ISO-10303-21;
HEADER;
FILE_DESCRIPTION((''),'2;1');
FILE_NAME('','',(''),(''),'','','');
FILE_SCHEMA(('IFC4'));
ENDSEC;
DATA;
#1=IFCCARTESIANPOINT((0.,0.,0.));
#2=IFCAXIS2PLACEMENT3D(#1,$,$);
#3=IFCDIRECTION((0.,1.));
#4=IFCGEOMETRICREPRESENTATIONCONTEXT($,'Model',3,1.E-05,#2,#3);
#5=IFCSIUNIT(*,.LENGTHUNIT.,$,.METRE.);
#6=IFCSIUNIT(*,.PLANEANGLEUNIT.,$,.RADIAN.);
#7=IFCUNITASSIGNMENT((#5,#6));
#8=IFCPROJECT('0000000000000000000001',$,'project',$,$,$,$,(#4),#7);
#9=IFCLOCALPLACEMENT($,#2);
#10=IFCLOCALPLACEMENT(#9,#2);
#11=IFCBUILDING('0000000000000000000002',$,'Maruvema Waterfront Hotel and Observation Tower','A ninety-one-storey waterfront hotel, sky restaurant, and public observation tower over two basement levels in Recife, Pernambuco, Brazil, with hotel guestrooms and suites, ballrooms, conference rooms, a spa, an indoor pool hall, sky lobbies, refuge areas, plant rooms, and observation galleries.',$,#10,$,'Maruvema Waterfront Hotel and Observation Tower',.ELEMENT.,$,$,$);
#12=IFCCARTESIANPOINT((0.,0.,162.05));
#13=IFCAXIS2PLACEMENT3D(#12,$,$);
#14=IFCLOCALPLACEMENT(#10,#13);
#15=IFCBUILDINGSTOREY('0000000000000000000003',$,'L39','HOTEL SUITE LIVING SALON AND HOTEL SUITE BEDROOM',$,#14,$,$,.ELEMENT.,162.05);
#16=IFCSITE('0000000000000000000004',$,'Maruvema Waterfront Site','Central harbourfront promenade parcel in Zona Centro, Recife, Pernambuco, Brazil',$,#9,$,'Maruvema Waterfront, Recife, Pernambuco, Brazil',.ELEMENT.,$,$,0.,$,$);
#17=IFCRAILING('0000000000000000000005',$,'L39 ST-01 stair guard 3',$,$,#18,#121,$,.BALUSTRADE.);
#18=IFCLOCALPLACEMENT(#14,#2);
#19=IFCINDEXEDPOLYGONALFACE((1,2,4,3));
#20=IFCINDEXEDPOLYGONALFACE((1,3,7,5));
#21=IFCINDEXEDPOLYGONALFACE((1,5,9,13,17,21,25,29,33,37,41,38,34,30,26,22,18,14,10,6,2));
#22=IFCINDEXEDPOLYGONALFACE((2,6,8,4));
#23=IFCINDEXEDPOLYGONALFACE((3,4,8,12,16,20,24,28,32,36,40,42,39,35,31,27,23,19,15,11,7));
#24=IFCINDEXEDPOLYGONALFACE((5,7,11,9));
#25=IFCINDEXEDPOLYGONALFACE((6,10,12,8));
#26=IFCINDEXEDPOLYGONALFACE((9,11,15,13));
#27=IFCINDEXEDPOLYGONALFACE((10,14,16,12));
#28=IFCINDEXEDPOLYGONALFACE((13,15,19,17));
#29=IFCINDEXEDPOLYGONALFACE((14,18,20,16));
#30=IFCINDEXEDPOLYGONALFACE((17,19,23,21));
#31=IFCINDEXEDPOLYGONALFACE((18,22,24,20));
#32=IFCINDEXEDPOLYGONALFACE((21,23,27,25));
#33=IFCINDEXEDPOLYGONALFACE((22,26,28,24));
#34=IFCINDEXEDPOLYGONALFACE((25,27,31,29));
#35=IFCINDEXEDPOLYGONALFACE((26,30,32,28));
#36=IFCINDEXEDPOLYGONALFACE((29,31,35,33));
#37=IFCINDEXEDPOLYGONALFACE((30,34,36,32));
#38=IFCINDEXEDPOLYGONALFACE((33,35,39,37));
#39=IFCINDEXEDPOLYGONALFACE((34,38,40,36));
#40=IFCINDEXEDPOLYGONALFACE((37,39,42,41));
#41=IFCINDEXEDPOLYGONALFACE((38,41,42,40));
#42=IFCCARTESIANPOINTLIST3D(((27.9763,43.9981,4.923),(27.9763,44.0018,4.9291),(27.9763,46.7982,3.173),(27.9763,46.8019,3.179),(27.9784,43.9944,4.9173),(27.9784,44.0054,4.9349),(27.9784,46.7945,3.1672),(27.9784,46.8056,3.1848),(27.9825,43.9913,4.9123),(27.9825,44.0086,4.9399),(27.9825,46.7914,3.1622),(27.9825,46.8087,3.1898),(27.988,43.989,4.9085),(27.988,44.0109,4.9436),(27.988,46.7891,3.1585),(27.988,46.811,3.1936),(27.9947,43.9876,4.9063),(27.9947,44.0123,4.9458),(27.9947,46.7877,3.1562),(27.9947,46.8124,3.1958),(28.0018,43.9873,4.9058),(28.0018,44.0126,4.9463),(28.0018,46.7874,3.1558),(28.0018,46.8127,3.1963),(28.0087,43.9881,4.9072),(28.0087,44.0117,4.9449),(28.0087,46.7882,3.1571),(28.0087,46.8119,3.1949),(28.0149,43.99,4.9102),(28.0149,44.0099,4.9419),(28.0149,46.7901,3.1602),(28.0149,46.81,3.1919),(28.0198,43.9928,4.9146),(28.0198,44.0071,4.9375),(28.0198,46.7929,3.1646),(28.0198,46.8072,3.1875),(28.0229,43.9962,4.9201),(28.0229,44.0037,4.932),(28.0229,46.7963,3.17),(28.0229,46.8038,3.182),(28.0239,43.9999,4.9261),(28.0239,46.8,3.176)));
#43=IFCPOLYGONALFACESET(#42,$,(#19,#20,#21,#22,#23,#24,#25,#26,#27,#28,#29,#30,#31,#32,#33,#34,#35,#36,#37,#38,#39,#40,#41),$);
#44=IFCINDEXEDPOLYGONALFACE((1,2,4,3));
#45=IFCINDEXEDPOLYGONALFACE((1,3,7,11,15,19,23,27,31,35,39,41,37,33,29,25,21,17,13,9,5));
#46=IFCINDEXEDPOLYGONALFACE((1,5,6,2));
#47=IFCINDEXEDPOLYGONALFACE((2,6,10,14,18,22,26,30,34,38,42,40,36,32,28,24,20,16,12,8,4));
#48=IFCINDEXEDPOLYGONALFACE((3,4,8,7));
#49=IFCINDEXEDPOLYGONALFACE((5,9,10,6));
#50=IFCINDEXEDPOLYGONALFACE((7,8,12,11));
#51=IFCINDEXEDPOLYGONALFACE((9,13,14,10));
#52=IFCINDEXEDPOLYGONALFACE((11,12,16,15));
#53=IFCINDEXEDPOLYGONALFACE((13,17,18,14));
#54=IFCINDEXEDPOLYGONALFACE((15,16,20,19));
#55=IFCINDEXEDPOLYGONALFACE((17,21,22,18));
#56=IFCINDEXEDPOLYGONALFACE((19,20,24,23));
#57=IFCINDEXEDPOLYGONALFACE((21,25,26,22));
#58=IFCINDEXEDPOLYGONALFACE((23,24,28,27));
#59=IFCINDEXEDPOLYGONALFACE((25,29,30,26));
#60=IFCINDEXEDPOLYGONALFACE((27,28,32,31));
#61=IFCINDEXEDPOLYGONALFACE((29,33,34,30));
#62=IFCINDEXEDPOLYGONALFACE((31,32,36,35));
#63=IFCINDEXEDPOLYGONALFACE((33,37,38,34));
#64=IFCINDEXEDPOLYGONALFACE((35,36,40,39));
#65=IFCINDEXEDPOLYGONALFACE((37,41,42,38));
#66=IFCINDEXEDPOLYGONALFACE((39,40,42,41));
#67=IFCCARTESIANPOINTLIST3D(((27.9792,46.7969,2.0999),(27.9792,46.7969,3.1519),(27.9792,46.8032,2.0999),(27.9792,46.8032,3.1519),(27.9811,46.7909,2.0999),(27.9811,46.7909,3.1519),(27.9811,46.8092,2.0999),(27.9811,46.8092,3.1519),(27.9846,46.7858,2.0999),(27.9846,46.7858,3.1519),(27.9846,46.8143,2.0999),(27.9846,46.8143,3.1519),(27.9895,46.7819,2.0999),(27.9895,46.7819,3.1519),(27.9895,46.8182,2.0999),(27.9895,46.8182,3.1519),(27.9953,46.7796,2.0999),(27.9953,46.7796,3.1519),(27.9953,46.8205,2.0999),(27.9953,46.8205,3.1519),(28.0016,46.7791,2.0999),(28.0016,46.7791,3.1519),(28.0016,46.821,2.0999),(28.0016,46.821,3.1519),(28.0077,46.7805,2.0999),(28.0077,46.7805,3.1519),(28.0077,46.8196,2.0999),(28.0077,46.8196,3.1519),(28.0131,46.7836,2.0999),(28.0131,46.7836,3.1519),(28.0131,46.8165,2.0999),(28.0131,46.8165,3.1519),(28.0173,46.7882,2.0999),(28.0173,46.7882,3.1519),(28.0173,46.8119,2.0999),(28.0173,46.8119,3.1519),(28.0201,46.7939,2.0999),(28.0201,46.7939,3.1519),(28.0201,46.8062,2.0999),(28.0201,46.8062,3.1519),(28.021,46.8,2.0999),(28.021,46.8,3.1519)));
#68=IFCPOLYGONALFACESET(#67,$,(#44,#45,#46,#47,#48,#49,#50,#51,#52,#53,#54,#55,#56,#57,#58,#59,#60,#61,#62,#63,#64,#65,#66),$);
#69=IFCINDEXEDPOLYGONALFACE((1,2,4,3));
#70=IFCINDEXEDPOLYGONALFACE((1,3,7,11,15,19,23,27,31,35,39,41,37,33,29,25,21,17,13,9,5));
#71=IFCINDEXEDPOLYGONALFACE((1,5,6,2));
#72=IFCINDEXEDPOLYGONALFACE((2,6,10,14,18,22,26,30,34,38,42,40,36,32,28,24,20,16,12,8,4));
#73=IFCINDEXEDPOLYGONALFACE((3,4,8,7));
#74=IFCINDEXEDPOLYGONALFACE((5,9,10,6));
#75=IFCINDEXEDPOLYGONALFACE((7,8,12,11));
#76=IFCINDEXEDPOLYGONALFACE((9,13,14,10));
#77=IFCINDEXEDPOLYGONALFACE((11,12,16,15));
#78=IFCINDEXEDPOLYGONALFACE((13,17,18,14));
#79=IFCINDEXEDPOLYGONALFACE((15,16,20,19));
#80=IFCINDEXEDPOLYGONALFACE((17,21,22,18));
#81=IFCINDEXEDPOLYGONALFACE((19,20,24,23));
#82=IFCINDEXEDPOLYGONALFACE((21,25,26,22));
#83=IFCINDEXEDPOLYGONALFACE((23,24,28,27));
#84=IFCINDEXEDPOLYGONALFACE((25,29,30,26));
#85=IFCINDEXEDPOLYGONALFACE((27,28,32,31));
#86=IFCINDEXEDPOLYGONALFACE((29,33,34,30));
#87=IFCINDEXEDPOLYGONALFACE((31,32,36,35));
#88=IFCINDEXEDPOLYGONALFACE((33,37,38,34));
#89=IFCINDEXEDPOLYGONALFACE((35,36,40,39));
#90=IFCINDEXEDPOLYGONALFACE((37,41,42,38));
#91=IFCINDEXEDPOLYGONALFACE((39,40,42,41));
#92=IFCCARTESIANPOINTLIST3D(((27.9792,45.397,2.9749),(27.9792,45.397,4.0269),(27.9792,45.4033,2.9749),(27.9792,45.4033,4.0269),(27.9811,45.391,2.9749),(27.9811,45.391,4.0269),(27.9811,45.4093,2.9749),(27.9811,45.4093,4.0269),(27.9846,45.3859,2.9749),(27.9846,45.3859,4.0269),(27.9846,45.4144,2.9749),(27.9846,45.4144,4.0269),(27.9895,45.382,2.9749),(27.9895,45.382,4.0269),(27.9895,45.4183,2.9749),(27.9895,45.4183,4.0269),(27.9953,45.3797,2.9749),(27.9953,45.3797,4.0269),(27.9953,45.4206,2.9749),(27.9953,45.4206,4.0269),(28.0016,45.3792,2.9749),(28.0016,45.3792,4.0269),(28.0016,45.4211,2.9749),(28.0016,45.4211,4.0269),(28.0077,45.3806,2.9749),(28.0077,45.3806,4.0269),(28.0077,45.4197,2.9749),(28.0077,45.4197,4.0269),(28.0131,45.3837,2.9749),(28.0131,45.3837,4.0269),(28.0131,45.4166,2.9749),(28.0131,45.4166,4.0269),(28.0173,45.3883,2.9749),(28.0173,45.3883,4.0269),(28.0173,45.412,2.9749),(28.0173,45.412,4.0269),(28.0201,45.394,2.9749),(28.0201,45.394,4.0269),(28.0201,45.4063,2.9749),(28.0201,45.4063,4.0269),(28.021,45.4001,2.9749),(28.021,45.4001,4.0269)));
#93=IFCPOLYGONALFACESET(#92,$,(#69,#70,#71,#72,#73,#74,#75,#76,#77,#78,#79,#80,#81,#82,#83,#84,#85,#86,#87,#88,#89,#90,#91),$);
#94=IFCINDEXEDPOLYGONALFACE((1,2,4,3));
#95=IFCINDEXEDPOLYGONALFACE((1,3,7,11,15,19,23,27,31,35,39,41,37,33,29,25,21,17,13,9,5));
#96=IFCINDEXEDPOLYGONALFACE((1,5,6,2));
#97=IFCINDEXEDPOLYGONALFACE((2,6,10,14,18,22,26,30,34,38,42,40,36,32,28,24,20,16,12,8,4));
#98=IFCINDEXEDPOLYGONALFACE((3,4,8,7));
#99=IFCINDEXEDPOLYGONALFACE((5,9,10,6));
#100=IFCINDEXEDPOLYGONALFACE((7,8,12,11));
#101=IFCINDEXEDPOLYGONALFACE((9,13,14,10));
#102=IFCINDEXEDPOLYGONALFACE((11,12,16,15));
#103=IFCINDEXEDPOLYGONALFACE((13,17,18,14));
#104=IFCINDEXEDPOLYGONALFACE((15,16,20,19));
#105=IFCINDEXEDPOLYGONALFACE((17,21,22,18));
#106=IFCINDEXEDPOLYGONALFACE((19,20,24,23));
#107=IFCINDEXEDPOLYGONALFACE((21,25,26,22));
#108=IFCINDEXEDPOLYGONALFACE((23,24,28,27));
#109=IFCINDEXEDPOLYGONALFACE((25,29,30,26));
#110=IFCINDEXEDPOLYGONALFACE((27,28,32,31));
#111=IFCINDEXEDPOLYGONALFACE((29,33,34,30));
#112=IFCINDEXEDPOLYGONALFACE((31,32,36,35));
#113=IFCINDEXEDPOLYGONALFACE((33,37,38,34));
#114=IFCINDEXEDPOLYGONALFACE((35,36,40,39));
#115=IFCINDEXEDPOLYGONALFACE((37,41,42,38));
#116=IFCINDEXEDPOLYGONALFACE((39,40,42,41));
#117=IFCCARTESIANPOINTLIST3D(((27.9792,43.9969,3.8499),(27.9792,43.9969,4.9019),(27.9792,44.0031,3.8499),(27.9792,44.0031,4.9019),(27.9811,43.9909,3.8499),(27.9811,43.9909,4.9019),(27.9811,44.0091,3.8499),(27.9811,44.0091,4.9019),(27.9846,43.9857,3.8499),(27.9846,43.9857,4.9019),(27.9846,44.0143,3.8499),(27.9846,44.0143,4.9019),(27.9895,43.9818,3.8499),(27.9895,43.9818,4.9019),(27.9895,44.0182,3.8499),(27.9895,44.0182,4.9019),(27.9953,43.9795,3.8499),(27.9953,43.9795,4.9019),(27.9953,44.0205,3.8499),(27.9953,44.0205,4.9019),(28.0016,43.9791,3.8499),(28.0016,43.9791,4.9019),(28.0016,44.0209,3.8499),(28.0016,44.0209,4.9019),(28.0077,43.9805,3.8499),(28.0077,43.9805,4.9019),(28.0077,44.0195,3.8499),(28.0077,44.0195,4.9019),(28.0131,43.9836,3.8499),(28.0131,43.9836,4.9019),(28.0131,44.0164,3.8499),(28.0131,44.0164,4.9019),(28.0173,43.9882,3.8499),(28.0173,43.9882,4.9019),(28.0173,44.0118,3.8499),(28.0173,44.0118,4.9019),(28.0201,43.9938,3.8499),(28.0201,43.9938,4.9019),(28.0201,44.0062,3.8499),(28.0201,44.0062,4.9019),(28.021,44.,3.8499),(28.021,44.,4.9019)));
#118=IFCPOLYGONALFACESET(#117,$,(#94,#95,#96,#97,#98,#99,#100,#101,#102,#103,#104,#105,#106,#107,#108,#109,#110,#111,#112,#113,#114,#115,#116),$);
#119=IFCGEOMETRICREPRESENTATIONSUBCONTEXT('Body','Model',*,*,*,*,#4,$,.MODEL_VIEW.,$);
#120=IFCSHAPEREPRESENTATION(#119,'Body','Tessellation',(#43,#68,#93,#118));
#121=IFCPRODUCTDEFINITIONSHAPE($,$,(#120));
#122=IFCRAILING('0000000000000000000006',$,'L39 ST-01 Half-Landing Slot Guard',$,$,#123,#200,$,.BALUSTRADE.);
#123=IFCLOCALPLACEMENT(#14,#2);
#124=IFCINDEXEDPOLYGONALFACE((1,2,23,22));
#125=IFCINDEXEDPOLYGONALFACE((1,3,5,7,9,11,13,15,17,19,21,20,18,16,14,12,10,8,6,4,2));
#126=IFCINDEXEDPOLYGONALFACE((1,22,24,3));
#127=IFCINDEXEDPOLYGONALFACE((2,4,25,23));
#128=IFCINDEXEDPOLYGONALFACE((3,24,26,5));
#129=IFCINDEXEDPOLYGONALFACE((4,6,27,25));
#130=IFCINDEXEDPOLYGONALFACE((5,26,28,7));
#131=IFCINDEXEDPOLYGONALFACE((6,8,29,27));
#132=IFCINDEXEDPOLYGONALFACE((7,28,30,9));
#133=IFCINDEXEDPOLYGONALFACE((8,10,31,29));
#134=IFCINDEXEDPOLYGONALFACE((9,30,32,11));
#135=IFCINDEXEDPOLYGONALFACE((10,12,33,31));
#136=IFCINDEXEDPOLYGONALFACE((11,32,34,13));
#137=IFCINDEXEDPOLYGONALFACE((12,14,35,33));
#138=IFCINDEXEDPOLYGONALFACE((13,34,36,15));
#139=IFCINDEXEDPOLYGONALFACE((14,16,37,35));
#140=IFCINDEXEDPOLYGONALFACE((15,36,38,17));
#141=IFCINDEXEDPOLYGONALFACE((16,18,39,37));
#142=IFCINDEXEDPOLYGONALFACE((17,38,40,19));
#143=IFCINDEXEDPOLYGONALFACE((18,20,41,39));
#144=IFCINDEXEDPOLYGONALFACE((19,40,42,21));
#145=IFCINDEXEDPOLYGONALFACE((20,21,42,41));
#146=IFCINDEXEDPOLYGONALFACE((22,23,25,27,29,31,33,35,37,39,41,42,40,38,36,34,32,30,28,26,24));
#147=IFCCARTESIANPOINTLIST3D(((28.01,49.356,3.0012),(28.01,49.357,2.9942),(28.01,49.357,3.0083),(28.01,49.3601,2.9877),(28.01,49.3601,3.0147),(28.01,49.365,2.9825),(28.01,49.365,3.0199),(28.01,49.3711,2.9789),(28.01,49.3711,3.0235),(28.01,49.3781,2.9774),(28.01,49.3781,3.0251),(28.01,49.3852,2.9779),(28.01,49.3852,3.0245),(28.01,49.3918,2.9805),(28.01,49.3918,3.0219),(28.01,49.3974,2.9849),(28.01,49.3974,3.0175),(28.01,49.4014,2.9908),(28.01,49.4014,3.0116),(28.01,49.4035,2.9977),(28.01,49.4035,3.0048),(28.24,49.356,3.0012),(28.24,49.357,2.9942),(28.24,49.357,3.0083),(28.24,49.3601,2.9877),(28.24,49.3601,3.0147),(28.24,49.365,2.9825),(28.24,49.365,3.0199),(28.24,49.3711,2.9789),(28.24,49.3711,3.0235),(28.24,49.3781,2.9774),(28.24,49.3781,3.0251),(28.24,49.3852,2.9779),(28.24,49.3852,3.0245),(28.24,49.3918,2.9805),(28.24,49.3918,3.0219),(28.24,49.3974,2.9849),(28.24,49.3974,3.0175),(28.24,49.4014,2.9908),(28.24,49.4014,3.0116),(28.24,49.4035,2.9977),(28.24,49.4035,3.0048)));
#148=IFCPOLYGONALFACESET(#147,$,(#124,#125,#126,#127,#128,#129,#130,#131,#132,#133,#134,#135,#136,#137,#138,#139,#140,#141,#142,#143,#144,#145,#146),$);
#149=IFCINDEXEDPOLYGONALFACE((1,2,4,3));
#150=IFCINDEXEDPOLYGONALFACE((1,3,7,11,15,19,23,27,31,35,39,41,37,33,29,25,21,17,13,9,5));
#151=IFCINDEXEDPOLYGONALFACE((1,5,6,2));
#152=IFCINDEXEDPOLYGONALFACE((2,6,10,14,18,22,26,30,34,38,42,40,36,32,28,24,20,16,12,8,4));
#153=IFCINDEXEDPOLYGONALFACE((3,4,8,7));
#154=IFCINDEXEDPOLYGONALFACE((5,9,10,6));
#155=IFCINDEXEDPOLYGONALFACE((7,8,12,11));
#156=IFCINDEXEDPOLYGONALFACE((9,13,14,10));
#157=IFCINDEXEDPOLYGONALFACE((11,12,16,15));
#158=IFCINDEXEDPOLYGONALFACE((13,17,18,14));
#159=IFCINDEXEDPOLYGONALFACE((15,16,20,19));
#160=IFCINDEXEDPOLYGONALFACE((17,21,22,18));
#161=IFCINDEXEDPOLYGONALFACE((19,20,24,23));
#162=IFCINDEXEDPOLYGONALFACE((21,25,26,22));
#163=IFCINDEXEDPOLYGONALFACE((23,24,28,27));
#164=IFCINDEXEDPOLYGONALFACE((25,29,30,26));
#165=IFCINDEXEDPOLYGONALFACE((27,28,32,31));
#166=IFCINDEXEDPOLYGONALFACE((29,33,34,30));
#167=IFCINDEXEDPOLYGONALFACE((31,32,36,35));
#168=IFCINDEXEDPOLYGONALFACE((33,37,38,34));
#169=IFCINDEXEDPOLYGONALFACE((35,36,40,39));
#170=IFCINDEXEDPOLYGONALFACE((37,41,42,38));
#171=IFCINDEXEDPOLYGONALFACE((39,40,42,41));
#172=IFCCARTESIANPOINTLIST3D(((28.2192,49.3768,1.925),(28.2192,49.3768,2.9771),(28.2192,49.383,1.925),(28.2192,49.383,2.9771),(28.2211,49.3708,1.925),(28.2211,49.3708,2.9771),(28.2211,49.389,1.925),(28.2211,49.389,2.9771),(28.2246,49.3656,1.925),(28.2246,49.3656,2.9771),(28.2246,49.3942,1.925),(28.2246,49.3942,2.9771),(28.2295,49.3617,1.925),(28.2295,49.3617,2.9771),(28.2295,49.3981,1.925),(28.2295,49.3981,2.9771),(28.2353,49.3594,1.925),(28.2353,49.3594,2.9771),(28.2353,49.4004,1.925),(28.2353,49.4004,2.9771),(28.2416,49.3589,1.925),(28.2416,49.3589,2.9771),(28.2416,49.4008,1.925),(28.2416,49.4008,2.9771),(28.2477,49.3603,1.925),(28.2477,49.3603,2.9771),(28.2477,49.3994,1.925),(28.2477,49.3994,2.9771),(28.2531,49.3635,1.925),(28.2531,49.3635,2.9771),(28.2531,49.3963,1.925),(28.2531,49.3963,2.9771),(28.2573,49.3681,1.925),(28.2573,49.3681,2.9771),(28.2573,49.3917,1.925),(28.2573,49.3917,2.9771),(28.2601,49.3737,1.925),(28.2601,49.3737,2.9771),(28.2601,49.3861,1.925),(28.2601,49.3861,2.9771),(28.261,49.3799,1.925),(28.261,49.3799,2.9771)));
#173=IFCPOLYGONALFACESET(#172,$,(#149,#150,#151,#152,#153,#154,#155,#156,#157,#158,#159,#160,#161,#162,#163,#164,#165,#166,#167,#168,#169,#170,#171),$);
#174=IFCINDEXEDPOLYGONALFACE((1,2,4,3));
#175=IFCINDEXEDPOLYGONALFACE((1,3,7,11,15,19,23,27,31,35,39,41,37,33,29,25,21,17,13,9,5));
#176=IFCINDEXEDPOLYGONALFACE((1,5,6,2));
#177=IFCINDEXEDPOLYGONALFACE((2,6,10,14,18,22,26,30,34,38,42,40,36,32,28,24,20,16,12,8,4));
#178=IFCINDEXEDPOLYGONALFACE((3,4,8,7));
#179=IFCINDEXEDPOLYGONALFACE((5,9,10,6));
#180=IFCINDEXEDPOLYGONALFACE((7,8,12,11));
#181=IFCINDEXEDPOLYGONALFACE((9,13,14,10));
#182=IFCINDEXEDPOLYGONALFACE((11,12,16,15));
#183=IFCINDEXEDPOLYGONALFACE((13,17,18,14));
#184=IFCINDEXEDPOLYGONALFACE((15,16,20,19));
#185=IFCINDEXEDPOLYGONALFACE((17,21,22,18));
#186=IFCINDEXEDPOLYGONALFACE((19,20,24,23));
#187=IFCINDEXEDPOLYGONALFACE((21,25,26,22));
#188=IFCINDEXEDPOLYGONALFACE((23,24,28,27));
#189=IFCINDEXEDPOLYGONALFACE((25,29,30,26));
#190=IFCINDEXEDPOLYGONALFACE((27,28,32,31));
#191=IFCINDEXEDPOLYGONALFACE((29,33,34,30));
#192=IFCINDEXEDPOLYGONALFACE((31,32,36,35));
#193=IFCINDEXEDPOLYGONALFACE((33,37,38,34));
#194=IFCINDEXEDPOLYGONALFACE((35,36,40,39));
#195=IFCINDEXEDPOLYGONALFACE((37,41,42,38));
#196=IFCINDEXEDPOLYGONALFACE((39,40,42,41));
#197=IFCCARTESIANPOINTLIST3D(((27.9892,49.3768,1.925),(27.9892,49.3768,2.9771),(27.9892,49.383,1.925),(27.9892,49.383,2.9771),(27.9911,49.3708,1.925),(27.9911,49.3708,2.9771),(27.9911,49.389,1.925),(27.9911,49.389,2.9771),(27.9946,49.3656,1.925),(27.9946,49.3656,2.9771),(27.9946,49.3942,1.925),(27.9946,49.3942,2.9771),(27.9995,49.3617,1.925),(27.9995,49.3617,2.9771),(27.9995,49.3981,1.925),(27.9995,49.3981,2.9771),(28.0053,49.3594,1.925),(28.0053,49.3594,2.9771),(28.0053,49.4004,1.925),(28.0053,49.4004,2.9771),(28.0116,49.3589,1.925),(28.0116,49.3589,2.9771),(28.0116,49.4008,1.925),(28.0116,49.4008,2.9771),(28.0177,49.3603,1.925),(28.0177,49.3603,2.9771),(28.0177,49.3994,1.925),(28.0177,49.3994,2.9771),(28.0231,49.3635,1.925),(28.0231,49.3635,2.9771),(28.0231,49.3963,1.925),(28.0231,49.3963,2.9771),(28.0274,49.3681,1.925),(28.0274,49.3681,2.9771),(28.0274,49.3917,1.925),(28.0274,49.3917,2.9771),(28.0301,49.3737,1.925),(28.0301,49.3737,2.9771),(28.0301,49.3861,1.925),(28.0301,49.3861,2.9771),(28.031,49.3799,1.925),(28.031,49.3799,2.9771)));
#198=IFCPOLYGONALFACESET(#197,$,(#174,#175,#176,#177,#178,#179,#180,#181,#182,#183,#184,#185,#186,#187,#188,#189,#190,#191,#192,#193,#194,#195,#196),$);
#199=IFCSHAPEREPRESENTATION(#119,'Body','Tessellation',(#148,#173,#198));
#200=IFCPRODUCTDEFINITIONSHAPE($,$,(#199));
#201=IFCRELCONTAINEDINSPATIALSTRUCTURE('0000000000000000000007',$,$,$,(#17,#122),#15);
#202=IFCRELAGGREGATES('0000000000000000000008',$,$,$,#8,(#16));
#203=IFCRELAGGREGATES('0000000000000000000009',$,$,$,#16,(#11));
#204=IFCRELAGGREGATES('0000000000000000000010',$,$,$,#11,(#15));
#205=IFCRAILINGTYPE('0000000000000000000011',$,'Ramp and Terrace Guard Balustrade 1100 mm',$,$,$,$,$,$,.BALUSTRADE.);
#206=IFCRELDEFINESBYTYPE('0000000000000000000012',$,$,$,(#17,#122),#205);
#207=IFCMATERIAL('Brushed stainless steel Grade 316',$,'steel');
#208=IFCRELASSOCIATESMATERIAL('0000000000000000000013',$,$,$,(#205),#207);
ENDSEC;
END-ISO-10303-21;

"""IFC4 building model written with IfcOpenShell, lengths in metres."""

from ifc_helpers import new_model, si_unit, direction, frame, origin, origin_2d, place, context, subcontext, project, spatial, circle, extrude, material, type_object, element, save


model = new_model("IFC4")

# Units and contexts
model_context = context("Model", 3, precision=1e-05, world=origin(), true_north=direction((0.0, 1.0)))
body_context = subcontext(model_context, "Body", "Model", "MODEL_VIEW")
ifc_project = project(units=[si_unit("LENGTHUNIT", "METRE"), si_unit("PLANEANGLEUNIT", "RADIAN")], contexts=[model_context])

# Site, building, storey
site_placement = place(None, origin())
site = spatial("IfcSite", under=ifc_project, at=site_placement, Name="Maruvema Waterfront Site", Description="Central harbourfront promenade parcel in Zona Centro, Recife, Pernambuco, Brazil", LongName="Maruvema Waterfront, Recife, Pernambuco, Brazil", CompositionType="ELEMENT", RefElevation=0.0)
building_placement = place(site_placement, origin())
building = spatial("IfcBuilding", under=site, at=building_placement, Name="Maruvema Waterfront Hotel and Observation Tower", Description="A ninety-one-storey waterfront hotel, sky restaurant, and public observation tower over two basement levels in Recife, Pernambuco, Brazil, with hotel guestrooms and suites, ballrooms, conference rooms, a spa, an indoor pool hall, sky lobbies, refuge areas, plant rooms, and observation galleries.", LongName="Maruvema Waterfront Hotel and Observation Tower", CompositionType="ELEMENT")
storey_placement = place(building_placement, frame((0.0, 0.0, 162.05)))
storey = spatial("IfcBuildingStorey", under=building, at=storey_placement, Name="L39", Description="HOTEL SUITE LIVING SALON AND HOTEL SUITE BEDROOM", CompositionType="ELEMENT", Elevation=162.05)

# Railings
ifc_material_1 = material(Name="Brushed stainless steel Grade 316", Category="steel")
railing_type_1 = type_object("IfcRailingType", Name="Ramp and Terrace Guard Balustrade 1100 mm", PredefinedType="BALUSTRADE", material=ifc_material_1)
railing_1_placement = place(storey_placement, frame((28.0, 46.8, 2.0999)))
element("IfcRailing", 1, at=railing_1_placement, inside=storey, type_object=railing_type_1, Name="L39 ST-01 stair guard 3", PredefinedType="BALUSTRADE", context=body_context, shape_type="SweptSolid", body=[
    extrude(circle(Radius=0.0239, at=origin_2d()), frame((0.0, 0.0, 1.0762), z_axis=(0.0, -0.848002, 0.529992), x_axis=(1.0, 0.0, 0.0)), (0.0, 0.0, 1.0), 3.302),
    extrude(circle(Radius=0.021, at=origin_2d()), origin(), (0.0, 0.0, 1.0), 1.052),
    extrude(circle(Radius=0.021, at=origin_2d()), frame((0.0, -1.3999, 0.875)), (0.0, 0.0, 1.0), 1.052),
    extrude(circle(Radius=0.021, at=origin_2d()), frame((0.0, -2.8, 1.75)), (0.0, 0.0, 1.0), 1.052),
])
railing_2_placement = place(storey_placement, frame((28.24, 49.3799, 1.925)))
element("IfcRailing", 2, at=railing_2_placement, inside=storey, type_object=railing_type_1, Name="L39 ST-01 Half-Landing Slot Guard", PredefinedType="BALUSTRADE", context=body_context, shape_type="SweptSolid", body=[
    extrude(circle(Radius=0.0239, at=origin_2d()), frame((0.0, 0.0, 1.0762), z_axis=(-1.0, 0.0, 0.0), x_axis=(0.0, -1.0, 0.0)), (0.0, 0.0, 1.0), 0.23),
    extrude(circle(Radius=0.021, at=origin_2d()), origin(), (0.0, 0.0, 1.0), 1.052),
    extrude(circle(Radius=0.021, at=origin_2d()), frame((-0.23, 0.0, 0.0)), (0.0, 0.0, 1.0), 1.052),
])

save(model, "model.ifc")
